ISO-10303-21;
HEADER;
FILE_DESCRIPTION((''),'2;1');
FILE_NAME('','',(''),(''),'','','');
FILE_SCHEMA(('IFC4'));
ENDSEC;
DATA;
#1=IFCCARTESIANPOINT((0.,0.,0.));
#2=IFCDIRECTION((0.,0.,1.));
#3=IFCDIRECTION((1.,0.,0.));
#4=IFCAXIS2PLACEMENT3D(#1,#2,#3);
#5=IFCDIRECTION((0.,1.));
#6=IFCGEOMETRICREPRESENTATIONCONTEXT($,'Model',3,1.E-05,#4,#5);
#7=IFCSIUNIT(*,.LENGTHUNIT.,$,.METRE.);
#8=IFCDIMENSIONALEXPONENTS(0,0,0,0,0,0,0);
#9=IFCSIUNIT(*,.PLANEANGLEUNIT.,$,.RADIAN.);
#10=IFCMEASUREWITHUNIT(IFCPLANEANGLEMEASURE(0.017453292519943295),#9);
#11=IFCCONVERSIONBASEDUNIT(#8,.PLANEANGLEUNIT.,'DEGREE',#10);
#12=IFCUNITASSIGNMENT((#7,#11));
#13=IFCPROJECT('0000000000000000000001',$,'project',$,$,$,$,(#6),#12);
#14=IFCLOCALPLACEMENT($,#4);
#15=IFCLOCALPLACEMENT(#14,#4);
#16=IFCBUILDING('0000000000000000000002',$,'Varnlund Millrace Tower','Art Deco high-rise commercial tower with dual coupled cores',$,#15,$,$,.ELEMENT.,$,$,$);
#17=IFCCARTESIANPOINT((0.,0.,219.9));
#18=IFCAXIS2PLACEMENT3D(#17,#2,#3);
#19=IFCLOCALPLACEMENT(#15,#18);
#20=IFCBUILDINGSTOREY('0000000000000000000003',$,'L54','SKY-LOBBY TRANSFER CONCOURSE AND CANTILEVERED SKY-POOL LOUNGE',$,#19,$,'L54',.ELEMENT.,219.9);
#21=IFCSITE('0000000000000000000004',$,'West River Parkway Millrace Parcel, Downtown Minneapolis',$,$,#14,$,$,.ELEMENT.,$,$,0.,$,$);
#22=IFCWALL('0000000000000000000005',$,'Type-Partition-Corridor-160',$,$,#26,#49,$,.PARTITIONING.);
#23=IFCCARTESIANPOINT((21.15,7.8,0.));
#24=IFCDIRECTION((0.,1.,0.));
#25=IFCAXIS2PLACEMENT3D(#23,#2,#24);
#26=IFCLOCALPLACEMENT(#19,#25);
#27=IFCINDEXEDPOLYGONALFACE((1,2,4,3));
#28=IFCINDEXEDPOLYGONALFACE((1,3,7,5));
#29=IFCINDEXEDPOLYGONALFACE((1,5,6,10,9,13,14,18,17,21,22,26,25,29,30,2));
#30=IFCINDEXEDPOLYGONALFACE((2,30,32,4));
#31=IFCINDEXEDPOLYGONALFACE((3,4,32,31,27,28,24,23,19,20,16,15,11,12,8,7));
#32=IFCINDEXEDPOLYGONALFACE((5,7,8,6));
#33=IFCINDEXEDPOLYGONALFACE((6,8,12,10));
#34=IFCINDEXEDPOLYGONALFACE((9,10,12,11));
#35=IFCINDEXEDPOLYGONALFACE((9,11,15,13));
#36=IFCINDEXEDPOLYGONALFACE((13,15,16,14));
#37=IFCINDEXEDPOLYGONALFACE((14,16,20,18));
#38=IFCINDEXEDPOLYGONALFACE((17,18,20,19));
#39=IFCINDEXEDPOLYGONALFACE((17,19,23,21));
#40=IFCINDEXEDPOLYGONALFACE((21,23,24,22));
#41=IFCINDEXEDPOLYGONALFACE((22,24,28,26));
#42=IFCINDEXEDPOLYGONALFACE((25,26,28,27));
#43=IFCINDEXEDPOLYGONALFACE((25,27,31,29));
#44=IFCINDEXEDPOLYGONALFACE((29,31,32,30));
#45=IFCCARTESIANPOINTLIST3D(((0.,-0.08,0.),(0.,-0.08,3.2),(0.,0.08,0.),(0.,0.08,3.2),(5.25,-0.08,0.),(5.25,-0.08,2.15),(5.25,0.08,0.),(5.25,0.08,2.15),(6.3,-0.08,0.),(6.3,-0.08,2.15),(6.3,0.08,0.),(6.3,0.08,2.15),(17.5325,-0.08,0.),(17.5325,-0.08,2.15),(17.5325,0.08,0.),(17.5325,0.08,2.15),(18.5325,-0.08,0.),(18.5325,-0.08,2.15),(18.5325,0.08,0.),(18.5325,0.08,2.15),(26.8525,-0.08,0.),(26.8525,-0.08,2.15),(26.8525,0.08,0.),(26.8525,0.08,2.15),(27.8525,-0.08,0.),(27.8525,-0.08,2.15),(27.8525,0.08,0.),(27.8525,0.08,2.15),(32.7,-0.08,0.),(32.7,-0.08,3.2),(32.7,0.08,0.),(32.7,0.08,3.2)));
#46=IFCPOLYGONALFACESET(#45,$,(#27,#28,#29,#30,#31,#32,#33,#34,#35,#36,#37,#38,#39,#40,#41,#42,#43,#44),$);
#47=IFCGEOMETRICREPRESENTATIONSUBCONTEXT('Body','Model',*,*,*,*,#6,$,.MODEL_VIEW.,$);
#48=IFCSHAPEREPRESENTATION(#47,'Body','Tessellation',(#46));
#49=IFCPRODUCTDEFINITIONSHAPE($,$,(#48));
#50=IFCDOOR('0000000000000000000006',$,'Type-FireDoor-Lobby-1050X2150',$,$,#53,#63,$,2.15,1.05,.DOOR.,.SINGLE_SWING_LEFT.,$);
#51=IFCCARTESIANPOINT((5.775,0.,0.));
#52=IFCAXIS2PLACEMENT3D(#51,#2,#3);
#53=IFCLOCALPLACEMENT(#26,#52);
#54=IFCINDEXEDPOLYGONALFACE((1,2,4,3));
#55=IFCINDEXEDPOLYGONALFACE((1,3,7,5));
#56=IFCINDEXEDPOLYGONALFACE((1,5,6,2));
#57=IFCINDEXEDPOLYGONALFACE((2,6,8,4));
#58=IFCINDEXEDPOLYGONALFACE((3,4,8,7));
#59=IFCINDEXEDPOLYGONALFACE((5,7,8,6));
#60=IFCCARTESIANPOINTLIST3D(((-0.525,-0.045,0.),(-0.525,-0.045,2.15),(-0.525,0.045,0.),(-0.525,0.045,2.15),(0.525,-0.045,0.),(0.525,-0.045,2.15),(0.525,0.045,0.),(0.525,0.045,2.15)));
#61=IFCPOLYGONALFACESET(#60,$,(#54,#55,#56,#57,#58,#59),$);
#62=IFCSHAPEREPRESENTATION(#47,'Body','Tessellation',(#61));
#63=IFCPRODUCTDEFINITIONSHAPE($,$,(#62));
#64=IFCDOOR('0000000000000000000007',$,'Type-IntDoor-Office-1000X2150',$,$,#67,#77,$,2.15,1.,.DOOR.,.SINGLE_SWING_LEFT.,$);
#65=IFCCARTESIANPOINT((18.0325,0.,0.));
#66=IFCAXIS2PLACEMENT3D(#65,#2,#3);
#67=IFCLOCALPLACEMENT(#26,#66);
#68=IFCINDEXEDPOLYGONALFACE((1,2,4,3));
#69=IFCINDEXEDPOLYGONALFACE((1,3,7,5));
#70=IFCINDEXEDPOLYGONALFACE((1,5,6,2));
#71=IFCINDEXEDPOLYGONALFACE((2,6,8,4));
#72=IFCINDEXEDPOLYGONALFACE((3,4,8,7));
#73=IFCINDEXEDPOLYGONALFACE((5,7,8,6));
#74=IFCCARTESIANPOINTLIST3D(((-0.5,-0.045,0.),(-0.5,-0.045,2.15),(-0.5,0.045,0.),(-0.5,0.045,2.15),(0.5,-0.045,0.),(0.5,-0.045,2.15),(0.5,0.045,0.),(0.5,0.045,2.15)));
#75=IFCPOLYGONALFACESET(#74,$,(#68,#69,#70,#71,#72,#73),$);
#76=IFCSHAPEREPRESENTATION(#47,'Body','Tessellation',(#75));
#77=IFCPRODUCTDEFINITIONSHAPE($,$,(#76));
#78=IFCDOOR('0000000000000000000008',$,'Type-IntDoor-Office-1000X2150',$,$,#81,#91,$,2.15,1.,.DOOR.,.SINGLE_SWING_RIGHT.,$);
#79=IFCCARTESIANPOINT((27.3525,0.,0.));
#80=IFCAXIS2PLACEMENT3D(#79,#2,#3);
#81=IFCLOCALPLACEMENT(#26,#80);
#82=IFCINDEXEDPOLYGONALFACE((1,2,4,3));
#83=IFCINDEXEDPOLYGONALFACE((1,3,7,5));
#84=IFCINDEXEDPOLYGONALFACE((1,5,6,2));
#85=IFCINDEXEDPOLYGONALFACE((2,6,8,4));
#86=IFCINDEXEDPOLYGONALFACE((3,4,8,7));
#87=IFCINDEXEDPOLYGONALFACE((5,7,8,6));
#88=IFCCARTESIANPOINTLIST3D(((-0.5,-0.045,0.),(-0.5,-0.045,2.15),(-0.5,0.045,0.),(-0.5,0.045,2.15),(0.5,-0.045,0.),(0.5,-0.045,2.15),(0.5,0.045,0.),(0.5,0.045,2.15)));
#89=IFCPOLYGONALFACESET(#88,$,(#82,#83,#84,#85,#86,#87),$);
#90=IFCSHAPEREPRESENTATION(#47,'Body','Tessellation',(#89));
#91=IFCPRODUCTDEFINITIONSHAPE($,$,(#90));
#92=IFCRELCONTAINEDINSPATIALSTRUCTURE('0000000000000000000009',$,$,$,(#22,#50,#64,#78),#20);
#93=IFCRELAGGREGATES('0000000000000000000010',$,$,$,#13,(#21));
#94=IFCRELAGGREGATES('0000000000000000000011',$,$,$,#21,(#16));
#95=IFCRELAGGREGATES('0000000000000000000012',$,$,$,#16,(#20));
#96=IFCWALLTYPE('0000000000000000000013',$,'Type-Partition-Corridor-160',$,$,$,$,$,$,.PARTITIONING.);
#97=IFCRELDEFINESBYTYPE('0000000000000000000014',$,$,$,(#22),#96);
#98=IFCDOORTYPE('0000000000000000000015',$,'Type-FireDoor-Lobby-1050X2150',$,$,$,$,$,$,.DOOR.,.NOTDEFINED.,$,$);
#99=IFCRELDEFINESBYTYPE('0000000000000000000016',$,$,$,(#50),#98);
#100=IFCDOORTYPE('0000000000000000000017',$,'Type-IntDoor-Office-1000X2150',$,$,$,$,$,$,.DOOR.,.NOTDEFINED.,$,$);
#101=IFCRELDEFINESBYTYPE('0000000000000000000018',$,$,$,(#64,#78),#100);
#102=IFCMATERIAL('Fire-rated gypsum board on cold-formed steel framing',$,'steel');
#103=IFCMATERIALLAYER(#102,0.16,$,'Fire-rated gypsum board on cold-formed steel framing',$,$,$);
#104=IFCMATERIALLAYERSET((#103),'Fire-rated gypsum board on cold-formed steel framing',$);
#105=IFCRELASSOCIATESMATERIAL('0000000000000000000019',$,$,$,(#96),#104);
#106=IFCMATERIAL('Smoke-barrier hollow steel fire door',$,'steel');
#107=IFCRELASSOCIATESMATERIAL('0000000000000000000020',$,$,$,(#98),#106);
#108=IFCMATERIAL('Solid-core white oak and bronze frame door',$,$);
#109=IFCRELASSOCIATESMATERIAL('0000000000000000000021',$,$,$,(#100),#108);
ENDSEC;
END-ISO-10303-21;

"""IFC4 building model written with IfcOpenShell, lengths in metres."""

from ifc_helpers import new_model, entity, si_unit, converted_unit, direction, frame, origin_with_axes, origin_2d_with_axis, place, context, subcontext, project, spatial, polyline, rectangle, outline, extrude, material, layer, layer_set, type_object, element, fill, save


model = new_model("IFC4")

# Units and contexts
model_context = context("Model", 3, precision=1e-05, world=origin_with_axes(), true_north=direction((0.0, 1.0)))
body_context = subcontext(model_context, "Body", "Model", "MODEL_VIEW")
ifc_project = project(units=[si_unit("LENGTHUNIT", "METRE"), converted_unit("PLANEANGLEUNIT", "DEGREE", entity("IfcPlaneAngleMeasure", 0.017453292519943295), si_unit("PLANEANGLEUNIT", "RADIAN"), dimensions=[0, 0, 0, 0, 0, 0, 0])], contexts=[model_context])

# Site, building, storey
site_placement = place(None, origin_with_axes())
site = spatial("IfcSite", under=ifc_project, at=site_placement, Name="West River Parkway Millrace Parcel, Downtown Minneapolis", CompositionType="ELEMENT", RefElevation=0.0)
building_placement = place(site_placement, origin_with_axes())
building = spatial("IfcBuilding", under=site, at=building_placement, Name="Varnlund Millrace Tower", Description="Art Deco high-rise commercial tower with dual coupled cores", CompositionType="ELEMENT")
storey_placement = place(building_placement, frame((0.0, 0.0, 219.9), z_axis=(0.0, 0.0, 1.0), x_axis=(1.0, 0.0, 0.0)))
storey = spatial("IfcBuildingStorey", under=building, at=storey_placement, Name="L54", Description="SKY-LOBBY TRANSFER CONCOURSE AND CANTILEVERED SKY-POOL LOUNGE", LongName="L54", CompositionType="ELEMENT", Elevation=219.9)

# Wall, openings, doors
ifc_material_1 = material(Name="Fire-rated gypsum board on cold-formed steel framing", Category="steel")
ifc_layer_1 = layer(ifc_material_1, 0.16, Name="Fire-rated gypsum board on cold-formed steel framing")
ifc_layer_set_1 = layer_set([ifc_layer_1], Name="Fire-rated gypsum board on cold-formed steel framing")
wall_type_1 = type_object("IfcWallType", Name="Type-Partition-Corridor-160", PredefinedType="PARTITIONING", material=ifc_layer_set_1)
wall_1_placement = place(storey_placement, frame((21.15, 7.8, 0.0), z_axis=(0.0, 0.0, 1.0), x_axis=(0.0, 1.0, 0.0)))
wall_1 = element("IfcWall", 1, at=wall_1_placement, inside=storey, type_object=wall_type_1, Name="Type-Partition-Corridor-160", PredefinedType="PARTITIONING", context=body_context, shape_type="SweptSolid", body=[
    extrude(outline(polyline([(0.0, -0.08), (32.7, -0.08), (32.7, 0.08), (0.0, 0.08), (0.0, -0.08)])), origin_with_axes(), (0.0, 0.0, 1.0), 3.2),
])
opening_1_placement = place(wall_1_placement, frame((18.0325, 0.0, 0.0), z_axis=(0.0, 0.0, 1.0), x_axis=(1.0, 0.0, 0.0)))
opening_1 = element("IfcOpeningElement", 2, at=opening_1_placement, cuts=wall_1, PredefinedType="OPENING", context=body_context, shape_type="SweptSolid", body=[
    extrude(rectangle(XDim=1.0, YDim=0.18, at=origin_2d_with_axis()), origin_with_axes(), (0.0, 0.0, 1.0), 2.15),
])
opening_2_placement = place(wall_1_placement, frame((27.3525, 0.0, 0.0), z_axis=(0.0, 0.0, 1.0), x_axis=(1.0, 0.0, 0.0)))
opening_2 = element("IfcOpeningElement", 3, at=opening_2_placement, cuts=wall_1, PredefinedType="OPENING", context=body_context, shape_type="SweptSolid", body=[
    extrude(rectangle(XDim=1.0, YDim=0.18, at=origin_2d_with_axis()), origin_with_axes(), (0.0, 0.0, 1.0), 2.15),
])
opening_3_placement = place(wall_1_placement, frame((5.775, 0.0, 0.0), z_axis=(0.0, 0.0, 1.0), x_axis=(1.0, 0.0, 0.0)))
opening_3 = element("IfcOpeningElement", 4, at=opening_3_placement, cuts=wall_1, PredefinedType="OPENING", context=body_context, shape_type="SweptSolid", body=[
    extrude(rectangle(XDim=1.05, YDim=0.18, at=origin_2d_with_axis()), origin_with_axes(), (0.0, 0.0, 1.0), 2.15),
])
ifc_material_2 = material(Name="Smoke-barrier hollow steel fire door", Category="steel")
door_type_1 = type_object("IfcDoorType", Name="Type-FireDoor-Lobby-1050X2150", OperationType="NOTDEFINED", PredefinedType="DOOR", material=ifc_material_2)
door_1_placement = place(wall_1_placement, frame((5.775, 0.0, 0.0), z_axis=(0.0, 0.0, 1.0), x_axis=(1.0, 0.0, 0.0)))
door_1 = element("IfcDoor", 5, at=door_1_placement, inside=storey, type_object=door_type_1, Name="Type-FireDoor-Lobby-1050X2150", OperationType="SINGLE_SWING_LEFT", OverallHeight=2.15, OverallWidth=1.05, PredefinedType="DOOR", context=body_context, shape_type="SweptSolid", body=[
    extrude(rectangle(XDim=1.05, YDim=0.09, at=origin_2d_with_axis()), origin_with_axes(), (0.0, 0.0, 1.0), 2.15),
])
fill(opening_3, door_1)
ifc_material_3 = material(Name="Solid-core white oak and bronze frame door")
door_type_2 = type_object("IfcDoorType", Name="Type-IntDoor-Office-1000X2150", OperationType="NOTDEFINED", PredefinedType="DOOR", material=ifc_material_3)
door_2_placement = place(wall_1_placement, frame((18.0325, 0.0, 0.0), z_axis=(0.0, 0.0, 1.0), x_axis=(1.0, 0.0, 0.0)))
door_2 = element("IfcDoor", 6, at=door_2_placement, inside=storey, type_object=door_type_2, Name="Type-IntDoor-Office-1000X2150", OperationType="SINGLE_SWING_LEFT", OverallHeight=2.15, OverallWidth=1.0, PredefinedType="DOOR", context=body_context, shape_type="SweptSolid", body=[
    extrude(rectangle(XDim=1.0, YDim=0.09, at=origin_2d_with_axis()), origin_with_axes(), (0.0, 0.0, 1.0), 2.15),
])
fill(opening_1, door_2)
door_3_placement = place(wall_1_placement, frame((27.3525, 0.0, 0.0), z_axis=(0.0, 0.0, 1.0), x_axis=(1.0, 0.0, 0.0)))
door_3 = element("IfcDoor", 7, at=door_3_placement, inside=storey, type_object=door_type_2, Name="Type-IntDoor-Office-1000X2150", OperationType="SINGLE_SWING_RIGHT", OverallHeight=2.15, OverallWidth=1.0, PredefinedType="DOOR", context=body_context, shape_type="SweptSolid", body=[
    extrude(rectangle(XDim=1.0, YDim=0.09, at=origin_2d_with_axis()), origin_with_axes(), (0.0, 0.0, 1.0), 2.15),
])
fill(opening_2, door_3)

save(model, "model.ifc")
